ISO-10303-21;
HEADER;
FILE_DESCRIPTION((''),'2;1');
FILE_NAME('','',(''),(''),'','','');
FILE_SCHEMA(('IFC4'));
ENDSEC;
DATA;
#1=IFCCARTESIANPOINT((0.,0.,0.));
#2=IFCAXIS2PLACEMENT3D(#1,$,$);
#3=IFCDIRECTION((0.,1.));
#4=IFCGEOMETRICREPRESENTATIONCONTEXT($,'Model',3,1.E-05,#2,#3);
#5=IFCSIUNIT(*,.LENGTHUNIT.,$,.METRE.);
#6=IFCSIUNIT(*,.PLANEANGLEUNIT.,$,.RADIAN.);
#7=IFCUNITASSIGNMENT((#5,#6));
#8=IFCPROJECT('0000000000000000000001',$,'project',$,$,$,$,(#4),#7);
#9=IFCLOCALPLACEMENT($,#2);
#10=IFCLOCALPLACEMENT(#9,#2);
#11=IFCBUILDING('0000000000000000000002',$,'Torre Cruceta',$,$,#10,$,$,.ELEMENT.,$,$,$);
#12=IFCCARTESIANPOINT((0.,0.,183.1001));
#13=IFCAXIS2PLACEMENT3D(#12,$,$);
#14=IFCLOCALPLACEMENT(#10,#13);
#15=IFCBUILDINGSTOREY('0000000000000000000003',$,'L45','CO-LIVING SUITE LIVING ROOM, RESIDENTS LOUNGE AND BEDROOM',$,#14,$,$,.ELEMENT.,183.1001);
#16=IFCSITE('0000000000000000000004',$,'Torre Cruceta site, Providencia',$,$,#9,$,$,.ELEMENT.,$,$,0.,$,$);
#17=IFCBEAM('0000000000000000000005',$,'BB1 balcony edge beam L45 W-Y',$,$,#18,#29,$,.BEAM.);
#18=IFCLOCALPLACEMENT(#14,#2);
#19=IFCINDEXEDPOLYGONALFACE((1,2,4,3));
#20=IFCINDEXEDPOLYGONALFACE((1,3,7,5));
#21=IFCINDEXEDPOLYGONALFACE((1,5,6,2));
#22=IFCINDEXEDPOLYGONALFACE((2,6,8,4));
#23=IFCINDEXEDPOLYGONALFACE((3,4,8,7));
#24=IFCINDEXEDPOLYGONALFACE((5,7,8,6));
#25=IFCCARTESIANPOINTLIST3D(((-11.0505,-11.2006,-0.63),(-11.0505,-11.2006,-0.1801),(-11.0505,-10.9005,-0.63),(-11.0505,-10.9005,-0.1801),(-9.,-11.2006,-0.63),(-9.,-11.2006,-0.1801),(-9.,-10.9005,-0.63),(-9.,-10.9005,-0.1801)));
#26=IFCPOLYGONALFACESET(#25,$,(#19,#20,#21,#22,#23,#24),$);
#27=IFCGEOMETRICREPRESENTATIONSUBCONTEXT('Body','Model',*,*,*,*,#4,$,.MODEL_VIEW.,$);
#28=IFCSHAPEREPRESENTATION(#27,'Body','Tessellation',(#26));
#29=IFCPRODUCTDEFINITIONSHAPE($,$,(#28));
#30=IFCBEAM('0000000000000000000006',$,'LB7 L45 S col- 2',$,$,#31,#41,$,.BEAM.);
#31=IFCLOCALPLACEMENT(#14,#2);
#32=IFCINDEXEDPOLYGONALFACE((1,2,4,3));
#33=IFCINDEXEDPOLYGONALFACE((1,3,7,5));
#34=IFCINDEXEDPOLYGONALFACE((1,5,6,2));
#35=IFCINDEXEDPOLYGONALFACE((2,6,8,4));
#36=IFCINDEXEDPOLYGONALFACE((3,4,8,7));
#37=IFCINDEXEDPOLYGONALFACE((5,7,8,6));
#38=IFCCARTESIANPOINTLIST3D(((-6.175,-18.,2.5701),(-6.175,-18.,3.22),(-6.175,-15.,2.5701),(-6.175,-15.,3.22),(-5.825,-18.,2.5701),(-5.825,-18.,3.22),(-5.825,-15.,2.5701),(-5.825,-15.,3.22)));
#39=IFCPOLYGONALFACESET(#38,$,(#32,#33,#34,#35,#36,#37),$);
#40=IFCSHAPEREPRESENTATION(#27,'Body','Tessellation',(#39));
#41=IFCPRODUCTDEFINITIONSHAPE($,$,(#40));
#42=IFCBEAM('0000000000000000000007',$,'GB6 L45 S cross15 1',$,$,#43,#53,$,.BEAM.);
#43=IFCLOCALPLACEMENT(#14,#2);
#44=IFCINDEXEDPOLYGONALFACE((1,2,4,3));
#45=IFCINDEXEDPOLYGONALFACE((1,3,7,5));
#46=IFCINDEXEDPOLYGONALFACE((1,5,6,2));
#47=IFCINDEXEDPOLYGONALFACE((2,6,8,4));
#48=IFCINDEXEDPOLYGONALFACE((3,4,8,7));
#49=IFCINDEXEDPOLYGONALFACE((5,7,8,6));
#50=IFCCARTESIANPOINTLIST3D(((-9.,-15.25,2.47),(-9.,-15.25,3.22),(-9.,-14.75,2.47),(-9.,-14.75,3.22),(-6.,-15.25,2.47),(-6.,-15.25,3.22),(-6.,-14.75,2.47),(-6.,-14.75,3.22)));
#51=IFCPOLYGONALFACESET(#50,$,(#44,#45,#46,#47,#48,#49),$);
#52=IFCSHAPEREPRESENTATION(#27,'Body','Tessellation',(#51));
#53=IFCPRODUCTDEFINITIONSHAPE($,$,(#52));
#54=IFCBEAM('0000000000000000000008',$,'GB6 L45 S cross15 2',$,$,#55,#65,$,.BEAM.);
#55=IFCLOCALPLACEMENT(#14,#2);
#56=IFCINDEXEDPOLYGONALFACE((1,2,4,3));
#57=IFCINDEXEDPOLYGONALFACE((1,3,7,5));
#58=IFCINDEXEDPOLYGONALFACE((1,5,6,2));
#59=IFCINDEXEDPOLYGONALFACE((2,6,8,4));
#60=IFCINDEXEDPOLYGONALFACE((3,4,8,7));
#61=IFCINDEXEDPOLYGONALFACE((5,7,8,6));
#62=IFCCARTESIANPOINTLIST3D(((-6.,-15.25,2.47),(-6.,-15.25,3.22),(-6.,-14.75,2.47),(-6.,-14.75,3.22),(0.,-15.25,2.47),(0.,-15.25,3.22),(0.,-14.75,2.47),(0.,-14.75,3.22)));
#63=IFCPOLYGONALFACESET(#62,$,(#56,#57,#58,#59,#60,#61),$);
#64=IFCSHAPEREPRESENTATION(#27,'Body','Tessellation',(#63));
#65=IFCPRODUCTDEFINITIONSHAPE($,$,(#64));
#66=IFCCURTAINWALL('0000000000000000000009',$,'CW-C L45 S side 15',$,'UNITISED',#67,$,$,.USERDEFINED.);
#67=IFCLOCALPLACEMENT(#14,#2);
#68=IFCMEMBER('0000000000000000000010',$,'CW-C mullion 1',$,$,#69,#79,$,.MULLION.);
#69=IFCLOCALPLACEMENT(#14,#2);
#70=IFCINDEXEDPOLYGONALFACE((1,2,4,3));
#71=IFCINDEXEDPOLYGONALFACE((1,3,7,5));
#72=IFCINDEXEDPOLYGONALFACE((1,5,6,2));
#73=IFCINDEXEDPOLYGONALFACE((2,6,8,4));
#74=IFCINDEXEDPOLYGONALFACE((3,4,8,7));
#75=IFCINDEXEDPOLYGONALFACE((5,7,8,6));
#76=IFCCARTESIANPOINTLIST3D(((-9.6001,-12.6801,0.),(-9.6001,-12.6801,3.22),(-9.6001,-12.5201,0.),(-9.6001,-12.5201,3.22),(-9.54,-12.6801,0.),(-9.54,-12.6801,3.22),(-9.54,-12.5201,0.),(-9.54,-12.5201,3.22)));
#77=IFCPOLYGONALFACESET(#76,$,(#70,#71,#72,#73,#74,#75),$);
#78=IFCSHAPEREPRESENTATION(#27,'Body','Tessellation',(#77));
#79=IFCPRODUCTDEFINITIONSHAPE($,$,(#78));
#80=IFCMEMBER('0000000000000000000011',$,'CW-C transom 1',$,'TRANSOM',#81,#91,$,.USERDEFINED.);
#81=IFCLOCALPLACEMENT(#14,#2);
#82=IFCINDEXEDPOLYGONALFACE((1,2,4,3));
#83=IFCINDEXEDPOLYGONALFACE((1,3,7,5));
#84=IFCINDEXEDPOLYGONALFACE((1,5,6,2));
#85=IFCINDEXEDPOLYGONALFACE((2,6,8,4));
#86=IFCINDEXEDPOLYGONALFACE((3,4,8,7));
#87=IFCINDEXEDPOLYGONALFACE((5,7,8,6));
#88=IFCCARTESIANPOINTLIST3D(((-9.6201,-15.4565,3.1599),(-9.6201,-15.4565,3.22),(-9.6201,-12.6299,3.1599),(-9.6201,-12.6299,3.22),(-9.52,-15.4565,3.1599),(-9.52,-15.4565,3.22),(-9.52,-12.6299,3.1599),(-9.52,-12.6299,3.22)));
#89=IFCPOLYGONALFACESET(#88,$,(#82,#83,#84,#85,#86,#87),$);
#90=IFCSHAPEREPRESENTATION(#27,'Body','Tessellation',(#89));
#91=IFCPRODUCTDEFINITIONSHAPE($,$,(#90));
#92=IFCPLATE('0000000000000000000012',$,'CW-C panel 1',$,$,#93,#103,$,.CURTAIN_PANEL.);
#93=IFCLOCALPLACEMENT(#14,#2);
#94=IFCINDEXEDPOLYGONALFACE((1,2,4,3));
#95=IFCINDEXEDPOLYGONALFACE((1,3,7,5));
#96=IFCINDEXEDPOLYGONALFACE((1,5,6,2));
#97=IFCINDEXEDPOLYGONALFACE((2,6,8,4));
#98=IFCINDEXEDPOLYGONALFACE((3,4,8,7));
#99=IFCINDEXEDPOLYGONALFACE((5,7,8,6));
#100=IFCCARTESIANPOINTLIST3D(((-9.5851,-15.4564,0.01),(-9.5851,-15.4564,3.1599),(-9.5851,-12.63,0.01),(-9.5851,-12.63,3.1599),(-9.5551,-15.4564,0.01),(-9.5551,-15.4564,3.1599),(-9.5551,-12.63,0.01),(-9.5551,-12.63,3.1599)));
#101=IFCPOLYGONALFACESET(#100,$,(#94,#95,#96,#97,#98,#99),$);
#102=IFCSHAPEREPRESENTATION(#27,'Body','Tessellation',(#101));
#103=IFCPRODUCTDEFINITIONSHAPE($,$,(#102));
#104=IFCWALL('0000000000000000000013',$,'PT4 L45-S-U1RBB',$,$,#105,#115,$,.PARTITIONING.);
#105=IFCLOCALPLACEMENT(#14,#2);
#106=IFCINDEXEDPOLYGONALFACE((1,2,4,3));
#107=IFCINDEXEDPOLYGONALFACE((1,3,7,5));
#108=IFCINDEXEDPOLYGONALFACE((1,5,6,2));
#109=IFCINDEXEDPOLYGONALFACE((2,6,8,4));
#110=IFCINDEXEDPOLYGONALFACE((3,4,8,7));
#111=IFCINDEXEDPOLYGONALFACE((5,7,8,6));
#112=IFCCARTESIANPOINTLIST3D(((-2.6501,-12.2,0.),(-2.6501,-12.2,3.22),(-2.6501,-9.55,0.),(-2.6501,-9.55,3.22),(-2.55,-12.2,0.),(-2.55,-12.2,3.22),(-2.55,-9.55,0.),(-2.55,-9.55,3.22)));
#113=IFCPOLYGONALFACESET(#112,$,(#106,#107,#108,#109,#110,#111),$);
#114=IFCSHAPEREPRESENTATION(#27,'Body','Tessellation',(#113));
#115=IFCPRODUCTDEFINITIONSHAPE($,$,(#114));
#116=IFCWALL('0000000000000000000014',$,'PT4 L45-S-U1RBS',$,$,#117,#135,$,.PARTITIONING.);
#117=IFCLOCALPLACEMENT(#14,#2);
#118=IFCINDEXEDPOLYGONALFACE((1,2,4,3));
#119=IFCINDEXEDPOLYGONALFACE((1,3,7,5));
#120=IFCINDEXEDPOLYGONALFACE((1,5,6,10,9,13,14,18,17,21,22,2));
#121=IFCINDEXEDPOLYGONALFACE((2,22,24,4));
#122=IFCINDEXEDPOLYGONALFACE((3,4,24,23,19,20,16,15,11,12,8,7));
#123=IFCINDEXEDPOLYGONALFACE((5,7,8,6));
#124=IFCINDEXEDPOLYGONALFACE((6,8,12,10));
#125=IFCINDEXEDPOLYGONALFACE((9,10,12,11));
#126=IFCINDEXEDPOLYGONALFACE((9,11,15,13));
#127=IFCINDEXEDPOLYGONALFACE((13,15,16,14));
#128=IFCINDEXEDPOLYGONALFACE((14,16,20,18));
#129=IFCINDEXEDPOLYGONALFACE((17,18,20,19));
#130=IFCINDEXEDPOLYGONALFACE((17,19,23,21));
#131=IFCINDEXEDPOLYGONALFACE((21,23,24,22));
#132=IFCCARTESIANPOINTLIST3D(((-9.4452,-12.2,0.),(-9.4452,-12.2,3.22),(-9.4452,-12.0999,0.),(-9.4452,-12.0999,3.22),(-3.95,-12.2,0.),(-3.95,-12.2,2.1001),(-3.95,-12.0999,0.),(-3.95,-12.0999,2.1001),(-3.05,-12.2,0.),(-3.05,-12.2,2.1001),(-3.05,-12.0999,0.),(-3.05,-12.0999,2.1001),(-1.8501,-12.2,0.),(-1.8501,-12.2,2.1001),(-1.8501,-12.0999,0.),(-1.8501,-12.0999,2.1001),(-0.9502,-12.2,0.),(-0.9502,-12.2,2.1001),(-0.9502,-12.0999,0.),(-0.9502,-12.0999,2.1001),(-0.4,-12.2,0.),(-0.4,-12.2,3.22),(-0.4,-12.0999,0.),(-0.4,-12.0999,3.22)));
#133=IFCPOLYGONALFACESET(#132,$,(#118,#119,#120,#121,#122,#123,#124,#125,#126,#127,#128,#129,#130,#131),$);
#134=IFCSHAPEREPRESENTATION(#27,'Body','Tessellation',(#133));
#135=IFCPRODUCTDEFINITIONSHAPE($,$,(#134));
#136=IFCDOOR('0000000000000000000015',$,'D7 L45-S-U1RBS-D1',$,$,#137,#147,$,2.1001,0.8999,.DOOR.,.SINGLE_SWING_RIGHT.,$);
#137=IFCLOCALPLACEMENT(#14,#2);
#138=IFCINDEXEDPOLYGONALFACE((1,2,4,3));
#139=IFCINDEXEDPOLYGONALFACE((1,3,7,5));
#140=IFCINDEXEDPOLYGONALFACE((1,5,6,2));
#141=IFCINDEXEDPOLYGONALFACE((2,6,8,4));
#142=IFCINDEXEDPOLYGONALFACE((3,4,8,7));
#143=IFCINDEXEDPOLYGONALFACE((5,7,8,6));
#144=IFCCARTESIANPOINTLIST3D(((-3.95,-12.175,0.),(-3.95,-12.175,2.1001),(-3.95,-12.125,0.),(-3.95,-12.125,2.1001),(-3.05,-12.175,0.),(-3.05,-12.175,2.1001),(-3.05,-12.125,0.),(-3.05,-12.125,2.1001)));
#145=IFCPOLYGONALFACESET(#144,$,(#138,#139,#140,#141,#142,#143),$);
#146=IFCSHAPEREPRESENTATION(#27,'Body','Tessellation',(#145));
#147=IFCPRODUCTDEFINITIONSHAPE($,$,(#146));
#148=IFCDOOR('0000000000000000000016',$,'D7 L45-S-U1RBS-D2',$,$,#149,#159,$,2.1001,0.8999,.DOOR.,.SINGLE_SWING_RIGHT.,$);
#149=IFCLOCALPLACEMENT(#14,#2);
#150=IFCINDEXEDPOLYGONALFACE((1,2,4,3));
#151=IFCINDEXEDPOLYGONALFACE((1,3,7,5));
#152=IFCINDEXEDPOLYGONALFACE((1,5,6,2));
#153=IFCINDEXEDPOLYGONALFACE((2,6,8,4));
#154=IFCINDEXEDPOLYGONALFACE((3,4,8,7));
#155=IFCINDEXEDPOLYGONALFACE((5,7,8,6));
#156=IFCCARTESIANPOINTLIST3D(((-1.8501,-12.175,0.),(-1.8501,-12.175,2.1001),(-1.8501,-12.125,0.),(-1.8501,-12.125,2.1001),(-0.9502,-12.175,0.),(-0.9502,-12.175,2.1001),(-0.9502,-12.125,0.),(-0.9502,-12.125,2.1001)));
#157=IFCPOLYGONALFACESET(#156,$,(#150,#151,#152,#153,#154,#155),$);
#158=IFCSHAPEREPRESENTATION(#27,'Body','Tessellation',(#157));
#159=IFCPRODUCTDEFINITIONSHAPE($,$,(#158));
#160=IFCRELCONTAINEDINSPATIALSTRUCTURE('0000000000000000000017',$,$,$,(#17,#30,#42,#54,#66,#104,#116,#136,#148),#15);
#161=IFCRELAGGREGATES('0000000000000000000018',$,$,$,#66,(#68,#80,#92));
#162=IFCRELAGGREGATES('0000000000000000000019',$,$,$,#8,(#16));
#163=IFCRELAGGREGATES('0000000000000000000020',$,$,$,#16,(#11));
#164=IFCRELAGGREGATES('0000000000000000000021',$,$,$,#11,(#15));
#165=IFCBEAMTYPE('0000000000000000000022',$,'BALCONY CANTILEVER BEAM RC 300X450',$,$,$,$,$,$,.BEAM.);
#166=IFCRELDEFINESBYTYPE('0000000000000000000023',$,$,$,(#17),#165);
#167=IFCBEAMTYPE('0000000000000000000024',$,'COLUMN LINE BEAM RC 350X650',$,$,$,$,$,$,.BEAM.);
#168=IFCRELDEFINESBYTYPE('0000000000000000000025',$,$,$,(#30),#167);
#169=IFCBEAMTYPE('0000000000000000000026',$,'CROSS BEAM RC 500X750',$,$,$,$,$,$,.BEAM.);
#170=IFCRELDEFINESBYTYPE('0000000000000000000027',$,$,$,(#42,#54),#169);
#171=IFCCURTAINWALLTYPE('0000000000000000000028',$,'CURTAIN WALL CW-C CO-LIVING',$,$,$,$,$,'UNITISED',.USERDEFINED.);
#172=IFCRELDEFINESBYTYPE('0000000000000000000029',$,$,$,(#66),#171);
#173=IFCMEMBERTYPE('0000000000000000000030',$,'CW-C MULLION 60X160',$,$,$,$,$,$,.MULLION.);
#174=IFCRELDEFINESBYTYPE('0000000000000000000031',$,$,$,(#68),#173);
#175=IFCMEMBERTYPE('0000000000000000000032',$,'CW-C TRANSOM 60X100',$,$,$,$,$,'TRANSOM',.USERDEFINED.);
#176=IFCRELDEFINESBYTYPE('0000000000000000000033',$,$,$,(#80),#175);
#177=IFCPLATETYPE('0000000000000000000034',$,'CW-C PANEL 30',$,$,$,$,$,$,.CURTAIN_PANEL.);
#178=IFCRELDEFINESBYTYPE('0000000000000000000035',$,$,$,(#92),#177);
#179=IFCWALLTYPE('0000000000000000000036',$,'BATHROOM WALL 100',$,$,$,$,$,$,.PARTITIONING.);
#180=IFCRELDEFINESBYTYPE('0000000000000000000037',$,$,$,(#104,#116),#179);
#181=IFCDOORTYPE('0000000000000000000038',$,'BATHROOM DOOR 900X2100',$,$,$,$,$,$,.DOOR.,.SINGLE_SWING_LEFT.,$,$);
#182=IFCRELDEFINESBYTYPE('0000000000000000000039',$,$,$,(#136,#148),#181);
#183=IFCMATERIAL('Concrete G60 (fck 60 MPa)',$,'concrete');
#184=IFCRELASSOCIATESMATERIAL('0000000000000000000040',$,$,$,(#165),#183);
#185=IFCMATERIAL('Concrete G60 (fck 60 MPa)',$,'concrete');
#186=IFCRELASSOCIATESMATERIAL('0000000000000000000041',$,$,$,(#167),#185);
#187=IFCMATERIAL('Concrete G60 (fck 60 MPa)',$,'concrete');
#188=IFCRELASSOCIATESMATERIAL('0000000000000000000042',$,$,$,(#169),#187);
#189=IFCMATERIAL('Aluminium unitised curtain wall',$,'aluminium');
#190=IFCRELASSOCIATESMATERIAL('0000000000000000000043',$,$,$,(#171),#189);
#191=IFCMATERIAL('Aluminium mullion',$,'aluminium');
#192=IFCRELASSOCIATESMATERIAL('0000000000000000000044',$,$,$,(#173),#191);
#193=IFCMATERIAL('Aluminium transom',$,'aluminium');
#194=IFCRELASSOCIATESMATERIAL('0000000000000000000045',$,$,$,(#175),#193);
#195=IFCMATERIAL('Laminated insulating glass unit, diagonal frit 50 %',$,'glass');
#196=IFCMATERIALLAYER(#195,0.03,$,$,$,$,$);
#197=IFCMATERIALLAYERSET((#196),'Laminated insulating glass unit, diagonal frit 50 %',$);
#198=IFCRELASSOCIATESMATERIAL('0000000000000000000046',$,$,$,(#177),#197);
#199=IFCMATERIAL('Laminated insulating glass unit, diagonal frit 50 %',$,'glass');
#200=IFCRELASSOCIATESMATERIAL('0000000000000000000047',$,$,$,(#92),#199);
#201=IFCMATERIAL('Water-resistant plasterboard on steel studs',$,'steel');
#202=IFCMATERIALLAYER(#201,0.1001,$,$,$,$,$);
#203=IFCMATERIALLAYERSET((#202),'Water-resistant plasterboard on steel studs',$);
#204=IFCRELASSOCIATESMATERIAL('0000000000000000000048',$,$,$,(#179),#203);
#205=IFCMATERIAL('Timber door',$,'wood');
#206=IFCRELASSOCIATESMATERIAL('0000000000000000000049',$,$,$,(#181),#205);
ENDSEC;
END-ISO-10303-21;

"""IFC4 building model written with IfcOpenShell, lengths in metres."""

from ifc_helpers import new_model, si_unit, direction, frame, frame_2d, origin, origin_2d, place, context, subcontext, project, spatial, rectangle, extrude, material, layer, layer_set, material_profile, profile_set, type_object, element, fill, aggregate, save


model = new_model("IFC4")

# Units and contexts
model_context = context("Model", 3, precision=1e-05, world=origin(), true_north=direction((0.0, 1.0)))
body_context = subcontext(model_context, "Body", "Model", "MODEL_VIEW")
ifc_project = project(units=[si_unit("LENGTHUNIT", "METRE"), si_unit("PLANEANGLEUNIT", "RADIAN")], contexts=[model_context])

# Site, building, storey
site_placement = place(None, origin())
site = spatial("IfcSite", under=ifc_project, at=site_placement, Name="Torre Cruceta site, Providencia", CompositionType="ELEMENT", RefElevation=0.0)
building_placement = place(site_placement, origin())
building = spatial("IfcBuilding", under=site, at=building_placement, Name="Torre Cruceta", CompositionType="ELEMENT")
storey_placement = place(building_placement, frame((0.0, 0.0, 183.1001)))
storey = spatial("IfcBuildingStorey", under=building, at=storey_placement, Name="L45", Description="CO-LIVING SUITE LIVING ROOM, RESIDENTS LOUNGE AND BEDROOM", CompositionType="ELEMENT", Elevation=183.1001)

# Beams
ifc_material_1 = material(Name="Concrete G60 (fck 60 MPa)", Category="concrete")
ifc_material_profile_1 = material_profile(ifc_material_1, rectangle(XDim=0.3, YDim=0.45, at=origin_2d()), Name="RC 300X450")
ifc_profile_set_1 = profile_set([ifc_material_profile_1], Name="Concrete G60 (fck 60 MPa)")
beam_type_1 = type_object("IfcBeamType", Name="BALCONY CANTILEVER BEAM RC 300X450", PredefinedType="BEAM", material=ifc_profile_set_1)
beam_1_placement = place(storey_placement, frame((-9.0, -11.0505, -0.405), z_axis=(-1.0, 0.0, 0.0), x_axis=(0.0, -1.0, 0.0)))
element("IfcBeam", 1, at=beam_1_placement, inside=storey, type_object=beam_type_1, Name="BB1 balcony edge beam L45 W-Y", PredefinedType="BEAM", context=body_context, shape_type="SweptSolid", body=[
    extrude(rectangle(XDim=0.3, YDim=0.45, at=origin_2d()), origin(), (0.0, 0.0, 1.0), 2.0505),
])
ifc_material_2 = material(Name="Concrete G60 (fck 60 MPa)", Category="concrete")
ifc_material_profile_2 = material_profile(ifc_material_2, rectangle(XDim=0.3501, YDim=0.6499, at=origin_2d()), Name="RC 350X650")
ifc_profile_set_2 = profile_set([ifc_material_profile_2], Name="Concrete G60 (fck 60 MPa)")
beam_type_2 = type_object("IfcBeamType", Name="COLUMN LINE BEAM RC 350X650", PredefinedType="BEAM", material=ifc_profile_set_2)
beam_2_placement = place(storey_placement, frame((-6.0, -15.0, 2.895), z_axis=(0.0, -1.0, 0.0), x_axis=(1.0, 0.0, 0.0)))
element("IfcBeam", 2, at=beam_2_placement, inside=storey, type_object=beam_type_2, Name="LB7 L45 S col- 2", PredefinedType="BEAM", context=body_context, shape_type="SweptSolid", body=[
    extrude(rectangle(XDim=0.3501, YDim=0.6499, at=origin_2d()), origin(), (0.0, 0.0, 1.0), 3.0),
])
ifc_material_3 = material(Name="Concrete G60 (fck 60 MPa)", Category="concrete")
ifc_material_profile_3 = material_profile(ifc_material_3, rectangle(XDim=0.5, YDim=0.75, at=origin_2d()), Name="RC 500X750")
ifc_profile_set_3 = profile_set([ifc_material_profile_3], Name="Concrete G60 (fck 60 MPa)")
beam_type_3 = type_object("IfcBeamType", Name="CROSS BEAM RC 500X750", PredefinedType="BEAM", material=ifc_profile_set_3)
beam_3_placement = place(storey_placement, frame((-9.0, -15.0, 2.845), z_axis=(1.0, 0.0, 0.0), x_axis=(0.0, 1.0, 0.0)))
element("IfcBeam", 3, at=beam_3_placement, inside=storey, type_object=beam_type_3, Name="GB6 L45 S cross15 1", PredefinedType="BEAM", context=body_context, shape_type="SweptSolid", body=[
    extrude(rectangle(XDim=0.5, YDim=0.75, at=origin_2d()), origin(), (0.0, 0.0, 1.0), 3.0),
])
beam_4_placement = place(storey_placement, frame((-6.0, -15.0, 2.845), z_axis=(1.0, 0.0, 0.0), x_axis=(0.0, 1.0, 0.0)))
element("IfcBeam", 4, at=beam_4_placement, inside=storey, type_object=beam_type_3, Name="GB6 L45 S cross15 2", PredefinedType="BEAM", context=body_context, shape_type="SweptSolid", body=[
    extrude(rectangle(XDim=0.5, YDim=0.75, at=origin_2d()), origin(), (0.0, 0.0, 1.0), 6.0),
])

# Curtain wall, members, plate
ifc_material_4 = material(Name="Aluminium unitised curtain wall", Category="aluminium")
curtain_wall_type = type_object("IfcCurtainWallType", Name="CURTAIN WALL CW-C CO-LIVING", ElementType="UNITISED", PredefinedType="USERDEFINED", material=ifc_material_4)
curtain_wall_placement = place(storey_placement, origin())
curtain_wall = element("IfcCurtainWall", 5, at=curtain_wall_placement, inside=storey, type_object=curtain_wall_type, Name="CW-C L45 S side 15", ObjectType="UNITISED", PredefinedType="USERDEFINED")
ifc_material_5 = material(Name="Aluminium mullion", Category="aluminium")
ifc_material_profile_4 = material_profile(ifc_material_5, rectangle(XDim=0.0601, YDim=0.1599, at=origin_2d()), Name="AL 60X160")
ifc_profile_set_4 = profile_set([ifc_material_profile_4], Name="Aluminium mullion")
member_type_1 = type_object("IfcMemberType", Name="CW-C MULLION 60X160", PredefinedType="MULLION", material=ifc_profile_set_4)
member_1_placement = place(storey_placement, frame((-9.5701, -12.6001, 0.0), z_axis=(0.0, 0.0, 1.0), x_axis=(1.0, 0.0, 0.0)))
member_1 = element("IfcMember", 6, at=member_1_placement, type_object=member_type_1, Name="CW-C mullion 1", PredefinedType="MULLION", context=body_context, shape_type="SweptSolid", body=[
    extrude(rectangle(XDim=0.0601, YDim=0.1599, at=origin_2d()), origin(), (0.0, 0.0, 1.0), 3.22),
])
ifc_material_6 = material(Name="Aluminium transom", Category="aluminium")
ifc_material_profile_5 = material_profile(ifc_material_6, rectangle(XDim=0.1001, YDim=0.0601, at=origin_2d()), Name="AL 100X60")
ifc_profile_set_5 = profile_set([ifc_material_profile_5], Name="Aluminium transom")
member_type_2 = type_object("IfcMemberType", Name="CW-C TRANSOM 60X100", ElementType="TRANSOM", PredefinedType="USERDEFINED", material=ifc_profile_set_5)
member_2_placement = place(storey_placement, frame((-9.5701, -12.6299, 3.1899), z_axis=(0.0, -1.0, 0.0), x_axis=(1.0, 0.0, 0.0)))
member_2 = element("IfcMember", 7, at=member_2_placement, type_object=member_type_2, Name="CW-C transom 1", ObjectType="TRANSOM", PredefinedType="USERDEFINED", context=body_context, shape_type="SweptSolid", body=[
    extrude(rectangle(XDim=0.1001, YDim=0.0601, at=origin_2d()), origin(), (0.0, 0.0, 1.0), 2.8267),
])
ifc_material_7 = material(Name="Laminated insulating glass unit, diagonal frit 50 %", Category="glass")
ifc_material_8 = material(Name="Laminated insulating glass unit, diagonal frit 50 %", Category="glass")
ifc_layer_1 = layer(ifc_material_8, 0.03)
ifc_layer_set_1 = layer_set([ifc_layer_1], Name="Laminated insulating glass unit, diagonal frit 50 %")
plate_type = type_object("IfcPlateType", Name="CW-C PANEL 30", PredefinedType="CURTAIN_PANEL", material=ifc_layer_set_1)
plate_placement = place(storey_placement, frame((-9.5701, -14.0432, 0.01), z_axis=(0.0, 0.0, 1.0), x_axis=(0.0, -1.0, 0.0)))
plate = element("IfcPlate", 8, at=plate_placement, type_object=plate_type, material=ifc_material_7, Name="CW-C panel 1", PredefinedType="CURTAIN_PANEL", context=body_context, shape_type="SweptSolid", body=[
    extrude(rectangle(XDim=2.8264, YDim=0.03, at=origin_2d()), origin(), (0.0, 0.0, 1.0), 3.1499),
])
aggregate(curtain_wall, [member_1, member_2, plate])

# Wall
ifc_material_9 = material(Name="Water-resistant plasterboard on steel studs", Category="steel")
ifc_layer_2 = layer(ifc_material_9, 0.1001)
ifc_layer_set_2 = layer_set([ifc_layer_2], Name="Water-resistant plasterboard on steel studs")
wall_type_1 = type_object("IfcWallType", Name="BATHROOM WALL 100", PredefinedType="PARTITIONING", material=ifc_layer_set_2)
wall_1_placement = place(storey_placement, frame((-2.6001, -9.55, 0.0), z_axis=(0.0, 0.0, 1.0), x_axis=(0.0, -1.0, 0.0)))
element("IfcWall", 9, at=wall_1_placement, inside=storey, type_object=wall_type_1, Name="PT4 L45-S-U1RBB", PredefinedType="PARTITIONING", context=body_context, shape_type="SweptSolid", body=[
    extrude(rectangle(XDim=2.6499, YDim=0.1001, at=frame_2d((1.325, 0.0))), origin(), (0.0, 0.0, 1.0), 3.22),
])

# Wall, openings, doors
wall_2_placement = place(storey_placement, frame((-9.4451, -12.1499, 0.0), z_axis=(0.0, 0.0, 1.0), x_axis=(1.0, 0.0, 0.0)))
wall_2 = element("IfcWall", 10, at=wall_2_placement, inside=storey, type_object=wall_type_1, Name="PT4 L45-S-U1RBS", PredefinedType="PARTITIONING", context=body_context, shape_type="SweptSolid", body=[
    extrude(rectangle(XDim=9.0452, YDim=0.1001, at=frame_2d((4.5225, 0.0))), origin(), (0.0, 0.0, 1.0), 3.22),
])
opening_1_placement = place(wall_2_placement, frame((5.4951, 0.0, 0.0)))
opening_1 = element("IfcOpeningElement", 11, at=opening_1_placement, cuts=wall_2, PredefinedType="OPENING", context=body_context, shape_type="SweptSolid", body=[
    extrude(rectangle(XDim=0.8999, YDim=2.1001, at=frame_2d((0.45, 1.05))), frame((0.0, 0.0601, 0.0), z_axis=(0.0, -1.0, 0.0), x_axis=(1.0, 0.0, 0.0)), (0.0, 0.0, 1.0), 0.1201),
])
opening_2_placement = place(wall_2_placement, frame((7.595, 0.0, 0.0)))
opening_2 = element("IfcOpeningElement", 12, at=opening_2_placement, cuts=wall_2, PredefinedType="OPENING", context=body_context, shape_type="SweptSolid", body=[
    extrude(rectangle(XDim=0.8999, YDim=2.1001, at=frame_2d((0.45, 1.05))), frame((0.0, 0.0601, 0.0), z_axis=(0.0, -1.0, 0.0), x_axis=(1.0, 0.0, 0.0)), (0.0, 0.0, 1.0), 0.1201),
])
ifc_material_10 = material(Name="Timber door", Category="wood")
door_type = type_object("IfcDoorType", Name="BATHROOM DOOR 900X2100", OperationType="SINGLE_SWING_LEFT", PredefinedType="DOOR", material=ifc_material_10)
door_1_placement = place(opening_1_placement, origin())
door_1 = element("IfcDoor", 13, at=door_1_placement, inside=storey, type_object=door_type, Name="D7 L45-S-U1RBS-D1", OperationType="SINGLE_SWING_RIGHT", OverallHeight=2.1001, OverallWidth=0.8999, PredefinedType="DOOR", context=body_context, shape_type="SweptSolid", body=[
    extrude(rectangle(XDim=0.8999, YDim=2.1001, at=frame_2d((0.45, 1.05))), frame((0.0, 0.0249, 0.0), z_axis=(0.0, -1.0, 0.0), x_axis=(1.0, 0.0, 0.0)), (0.0, 0.0, 1.0), 0.05),
])
fill(opening_1, door_1)
door_2_placement = place(opening_2_placement, origin())
door_2 = element("IfcDoor", 14, at=door_2_placement, inside=storey, type_object=door_type, Name="D7 L45-S-U1RBS-D2", OperationType="SINGLE_SWING_RIGHT", OverallHeight=2.1001, OverallWidth=0.8999, PredefinedType="DOOR", context=body_context, shape_type="SweptSolid", body=[
    extrude(rectangle(XDim=0.8999, YDim=2.1001, at=frame_2d((0.45, 1.05))), frame((0.0, 0.0249, 0.0), z_axis=(0.0, -1.0, 0.0), x_axis=(1.0, 0.0, 0.0)), (0.0, 0.0, 1.0), 0.05),
])
fill(opening_2, door_2)

save(model, "model.ifc")
